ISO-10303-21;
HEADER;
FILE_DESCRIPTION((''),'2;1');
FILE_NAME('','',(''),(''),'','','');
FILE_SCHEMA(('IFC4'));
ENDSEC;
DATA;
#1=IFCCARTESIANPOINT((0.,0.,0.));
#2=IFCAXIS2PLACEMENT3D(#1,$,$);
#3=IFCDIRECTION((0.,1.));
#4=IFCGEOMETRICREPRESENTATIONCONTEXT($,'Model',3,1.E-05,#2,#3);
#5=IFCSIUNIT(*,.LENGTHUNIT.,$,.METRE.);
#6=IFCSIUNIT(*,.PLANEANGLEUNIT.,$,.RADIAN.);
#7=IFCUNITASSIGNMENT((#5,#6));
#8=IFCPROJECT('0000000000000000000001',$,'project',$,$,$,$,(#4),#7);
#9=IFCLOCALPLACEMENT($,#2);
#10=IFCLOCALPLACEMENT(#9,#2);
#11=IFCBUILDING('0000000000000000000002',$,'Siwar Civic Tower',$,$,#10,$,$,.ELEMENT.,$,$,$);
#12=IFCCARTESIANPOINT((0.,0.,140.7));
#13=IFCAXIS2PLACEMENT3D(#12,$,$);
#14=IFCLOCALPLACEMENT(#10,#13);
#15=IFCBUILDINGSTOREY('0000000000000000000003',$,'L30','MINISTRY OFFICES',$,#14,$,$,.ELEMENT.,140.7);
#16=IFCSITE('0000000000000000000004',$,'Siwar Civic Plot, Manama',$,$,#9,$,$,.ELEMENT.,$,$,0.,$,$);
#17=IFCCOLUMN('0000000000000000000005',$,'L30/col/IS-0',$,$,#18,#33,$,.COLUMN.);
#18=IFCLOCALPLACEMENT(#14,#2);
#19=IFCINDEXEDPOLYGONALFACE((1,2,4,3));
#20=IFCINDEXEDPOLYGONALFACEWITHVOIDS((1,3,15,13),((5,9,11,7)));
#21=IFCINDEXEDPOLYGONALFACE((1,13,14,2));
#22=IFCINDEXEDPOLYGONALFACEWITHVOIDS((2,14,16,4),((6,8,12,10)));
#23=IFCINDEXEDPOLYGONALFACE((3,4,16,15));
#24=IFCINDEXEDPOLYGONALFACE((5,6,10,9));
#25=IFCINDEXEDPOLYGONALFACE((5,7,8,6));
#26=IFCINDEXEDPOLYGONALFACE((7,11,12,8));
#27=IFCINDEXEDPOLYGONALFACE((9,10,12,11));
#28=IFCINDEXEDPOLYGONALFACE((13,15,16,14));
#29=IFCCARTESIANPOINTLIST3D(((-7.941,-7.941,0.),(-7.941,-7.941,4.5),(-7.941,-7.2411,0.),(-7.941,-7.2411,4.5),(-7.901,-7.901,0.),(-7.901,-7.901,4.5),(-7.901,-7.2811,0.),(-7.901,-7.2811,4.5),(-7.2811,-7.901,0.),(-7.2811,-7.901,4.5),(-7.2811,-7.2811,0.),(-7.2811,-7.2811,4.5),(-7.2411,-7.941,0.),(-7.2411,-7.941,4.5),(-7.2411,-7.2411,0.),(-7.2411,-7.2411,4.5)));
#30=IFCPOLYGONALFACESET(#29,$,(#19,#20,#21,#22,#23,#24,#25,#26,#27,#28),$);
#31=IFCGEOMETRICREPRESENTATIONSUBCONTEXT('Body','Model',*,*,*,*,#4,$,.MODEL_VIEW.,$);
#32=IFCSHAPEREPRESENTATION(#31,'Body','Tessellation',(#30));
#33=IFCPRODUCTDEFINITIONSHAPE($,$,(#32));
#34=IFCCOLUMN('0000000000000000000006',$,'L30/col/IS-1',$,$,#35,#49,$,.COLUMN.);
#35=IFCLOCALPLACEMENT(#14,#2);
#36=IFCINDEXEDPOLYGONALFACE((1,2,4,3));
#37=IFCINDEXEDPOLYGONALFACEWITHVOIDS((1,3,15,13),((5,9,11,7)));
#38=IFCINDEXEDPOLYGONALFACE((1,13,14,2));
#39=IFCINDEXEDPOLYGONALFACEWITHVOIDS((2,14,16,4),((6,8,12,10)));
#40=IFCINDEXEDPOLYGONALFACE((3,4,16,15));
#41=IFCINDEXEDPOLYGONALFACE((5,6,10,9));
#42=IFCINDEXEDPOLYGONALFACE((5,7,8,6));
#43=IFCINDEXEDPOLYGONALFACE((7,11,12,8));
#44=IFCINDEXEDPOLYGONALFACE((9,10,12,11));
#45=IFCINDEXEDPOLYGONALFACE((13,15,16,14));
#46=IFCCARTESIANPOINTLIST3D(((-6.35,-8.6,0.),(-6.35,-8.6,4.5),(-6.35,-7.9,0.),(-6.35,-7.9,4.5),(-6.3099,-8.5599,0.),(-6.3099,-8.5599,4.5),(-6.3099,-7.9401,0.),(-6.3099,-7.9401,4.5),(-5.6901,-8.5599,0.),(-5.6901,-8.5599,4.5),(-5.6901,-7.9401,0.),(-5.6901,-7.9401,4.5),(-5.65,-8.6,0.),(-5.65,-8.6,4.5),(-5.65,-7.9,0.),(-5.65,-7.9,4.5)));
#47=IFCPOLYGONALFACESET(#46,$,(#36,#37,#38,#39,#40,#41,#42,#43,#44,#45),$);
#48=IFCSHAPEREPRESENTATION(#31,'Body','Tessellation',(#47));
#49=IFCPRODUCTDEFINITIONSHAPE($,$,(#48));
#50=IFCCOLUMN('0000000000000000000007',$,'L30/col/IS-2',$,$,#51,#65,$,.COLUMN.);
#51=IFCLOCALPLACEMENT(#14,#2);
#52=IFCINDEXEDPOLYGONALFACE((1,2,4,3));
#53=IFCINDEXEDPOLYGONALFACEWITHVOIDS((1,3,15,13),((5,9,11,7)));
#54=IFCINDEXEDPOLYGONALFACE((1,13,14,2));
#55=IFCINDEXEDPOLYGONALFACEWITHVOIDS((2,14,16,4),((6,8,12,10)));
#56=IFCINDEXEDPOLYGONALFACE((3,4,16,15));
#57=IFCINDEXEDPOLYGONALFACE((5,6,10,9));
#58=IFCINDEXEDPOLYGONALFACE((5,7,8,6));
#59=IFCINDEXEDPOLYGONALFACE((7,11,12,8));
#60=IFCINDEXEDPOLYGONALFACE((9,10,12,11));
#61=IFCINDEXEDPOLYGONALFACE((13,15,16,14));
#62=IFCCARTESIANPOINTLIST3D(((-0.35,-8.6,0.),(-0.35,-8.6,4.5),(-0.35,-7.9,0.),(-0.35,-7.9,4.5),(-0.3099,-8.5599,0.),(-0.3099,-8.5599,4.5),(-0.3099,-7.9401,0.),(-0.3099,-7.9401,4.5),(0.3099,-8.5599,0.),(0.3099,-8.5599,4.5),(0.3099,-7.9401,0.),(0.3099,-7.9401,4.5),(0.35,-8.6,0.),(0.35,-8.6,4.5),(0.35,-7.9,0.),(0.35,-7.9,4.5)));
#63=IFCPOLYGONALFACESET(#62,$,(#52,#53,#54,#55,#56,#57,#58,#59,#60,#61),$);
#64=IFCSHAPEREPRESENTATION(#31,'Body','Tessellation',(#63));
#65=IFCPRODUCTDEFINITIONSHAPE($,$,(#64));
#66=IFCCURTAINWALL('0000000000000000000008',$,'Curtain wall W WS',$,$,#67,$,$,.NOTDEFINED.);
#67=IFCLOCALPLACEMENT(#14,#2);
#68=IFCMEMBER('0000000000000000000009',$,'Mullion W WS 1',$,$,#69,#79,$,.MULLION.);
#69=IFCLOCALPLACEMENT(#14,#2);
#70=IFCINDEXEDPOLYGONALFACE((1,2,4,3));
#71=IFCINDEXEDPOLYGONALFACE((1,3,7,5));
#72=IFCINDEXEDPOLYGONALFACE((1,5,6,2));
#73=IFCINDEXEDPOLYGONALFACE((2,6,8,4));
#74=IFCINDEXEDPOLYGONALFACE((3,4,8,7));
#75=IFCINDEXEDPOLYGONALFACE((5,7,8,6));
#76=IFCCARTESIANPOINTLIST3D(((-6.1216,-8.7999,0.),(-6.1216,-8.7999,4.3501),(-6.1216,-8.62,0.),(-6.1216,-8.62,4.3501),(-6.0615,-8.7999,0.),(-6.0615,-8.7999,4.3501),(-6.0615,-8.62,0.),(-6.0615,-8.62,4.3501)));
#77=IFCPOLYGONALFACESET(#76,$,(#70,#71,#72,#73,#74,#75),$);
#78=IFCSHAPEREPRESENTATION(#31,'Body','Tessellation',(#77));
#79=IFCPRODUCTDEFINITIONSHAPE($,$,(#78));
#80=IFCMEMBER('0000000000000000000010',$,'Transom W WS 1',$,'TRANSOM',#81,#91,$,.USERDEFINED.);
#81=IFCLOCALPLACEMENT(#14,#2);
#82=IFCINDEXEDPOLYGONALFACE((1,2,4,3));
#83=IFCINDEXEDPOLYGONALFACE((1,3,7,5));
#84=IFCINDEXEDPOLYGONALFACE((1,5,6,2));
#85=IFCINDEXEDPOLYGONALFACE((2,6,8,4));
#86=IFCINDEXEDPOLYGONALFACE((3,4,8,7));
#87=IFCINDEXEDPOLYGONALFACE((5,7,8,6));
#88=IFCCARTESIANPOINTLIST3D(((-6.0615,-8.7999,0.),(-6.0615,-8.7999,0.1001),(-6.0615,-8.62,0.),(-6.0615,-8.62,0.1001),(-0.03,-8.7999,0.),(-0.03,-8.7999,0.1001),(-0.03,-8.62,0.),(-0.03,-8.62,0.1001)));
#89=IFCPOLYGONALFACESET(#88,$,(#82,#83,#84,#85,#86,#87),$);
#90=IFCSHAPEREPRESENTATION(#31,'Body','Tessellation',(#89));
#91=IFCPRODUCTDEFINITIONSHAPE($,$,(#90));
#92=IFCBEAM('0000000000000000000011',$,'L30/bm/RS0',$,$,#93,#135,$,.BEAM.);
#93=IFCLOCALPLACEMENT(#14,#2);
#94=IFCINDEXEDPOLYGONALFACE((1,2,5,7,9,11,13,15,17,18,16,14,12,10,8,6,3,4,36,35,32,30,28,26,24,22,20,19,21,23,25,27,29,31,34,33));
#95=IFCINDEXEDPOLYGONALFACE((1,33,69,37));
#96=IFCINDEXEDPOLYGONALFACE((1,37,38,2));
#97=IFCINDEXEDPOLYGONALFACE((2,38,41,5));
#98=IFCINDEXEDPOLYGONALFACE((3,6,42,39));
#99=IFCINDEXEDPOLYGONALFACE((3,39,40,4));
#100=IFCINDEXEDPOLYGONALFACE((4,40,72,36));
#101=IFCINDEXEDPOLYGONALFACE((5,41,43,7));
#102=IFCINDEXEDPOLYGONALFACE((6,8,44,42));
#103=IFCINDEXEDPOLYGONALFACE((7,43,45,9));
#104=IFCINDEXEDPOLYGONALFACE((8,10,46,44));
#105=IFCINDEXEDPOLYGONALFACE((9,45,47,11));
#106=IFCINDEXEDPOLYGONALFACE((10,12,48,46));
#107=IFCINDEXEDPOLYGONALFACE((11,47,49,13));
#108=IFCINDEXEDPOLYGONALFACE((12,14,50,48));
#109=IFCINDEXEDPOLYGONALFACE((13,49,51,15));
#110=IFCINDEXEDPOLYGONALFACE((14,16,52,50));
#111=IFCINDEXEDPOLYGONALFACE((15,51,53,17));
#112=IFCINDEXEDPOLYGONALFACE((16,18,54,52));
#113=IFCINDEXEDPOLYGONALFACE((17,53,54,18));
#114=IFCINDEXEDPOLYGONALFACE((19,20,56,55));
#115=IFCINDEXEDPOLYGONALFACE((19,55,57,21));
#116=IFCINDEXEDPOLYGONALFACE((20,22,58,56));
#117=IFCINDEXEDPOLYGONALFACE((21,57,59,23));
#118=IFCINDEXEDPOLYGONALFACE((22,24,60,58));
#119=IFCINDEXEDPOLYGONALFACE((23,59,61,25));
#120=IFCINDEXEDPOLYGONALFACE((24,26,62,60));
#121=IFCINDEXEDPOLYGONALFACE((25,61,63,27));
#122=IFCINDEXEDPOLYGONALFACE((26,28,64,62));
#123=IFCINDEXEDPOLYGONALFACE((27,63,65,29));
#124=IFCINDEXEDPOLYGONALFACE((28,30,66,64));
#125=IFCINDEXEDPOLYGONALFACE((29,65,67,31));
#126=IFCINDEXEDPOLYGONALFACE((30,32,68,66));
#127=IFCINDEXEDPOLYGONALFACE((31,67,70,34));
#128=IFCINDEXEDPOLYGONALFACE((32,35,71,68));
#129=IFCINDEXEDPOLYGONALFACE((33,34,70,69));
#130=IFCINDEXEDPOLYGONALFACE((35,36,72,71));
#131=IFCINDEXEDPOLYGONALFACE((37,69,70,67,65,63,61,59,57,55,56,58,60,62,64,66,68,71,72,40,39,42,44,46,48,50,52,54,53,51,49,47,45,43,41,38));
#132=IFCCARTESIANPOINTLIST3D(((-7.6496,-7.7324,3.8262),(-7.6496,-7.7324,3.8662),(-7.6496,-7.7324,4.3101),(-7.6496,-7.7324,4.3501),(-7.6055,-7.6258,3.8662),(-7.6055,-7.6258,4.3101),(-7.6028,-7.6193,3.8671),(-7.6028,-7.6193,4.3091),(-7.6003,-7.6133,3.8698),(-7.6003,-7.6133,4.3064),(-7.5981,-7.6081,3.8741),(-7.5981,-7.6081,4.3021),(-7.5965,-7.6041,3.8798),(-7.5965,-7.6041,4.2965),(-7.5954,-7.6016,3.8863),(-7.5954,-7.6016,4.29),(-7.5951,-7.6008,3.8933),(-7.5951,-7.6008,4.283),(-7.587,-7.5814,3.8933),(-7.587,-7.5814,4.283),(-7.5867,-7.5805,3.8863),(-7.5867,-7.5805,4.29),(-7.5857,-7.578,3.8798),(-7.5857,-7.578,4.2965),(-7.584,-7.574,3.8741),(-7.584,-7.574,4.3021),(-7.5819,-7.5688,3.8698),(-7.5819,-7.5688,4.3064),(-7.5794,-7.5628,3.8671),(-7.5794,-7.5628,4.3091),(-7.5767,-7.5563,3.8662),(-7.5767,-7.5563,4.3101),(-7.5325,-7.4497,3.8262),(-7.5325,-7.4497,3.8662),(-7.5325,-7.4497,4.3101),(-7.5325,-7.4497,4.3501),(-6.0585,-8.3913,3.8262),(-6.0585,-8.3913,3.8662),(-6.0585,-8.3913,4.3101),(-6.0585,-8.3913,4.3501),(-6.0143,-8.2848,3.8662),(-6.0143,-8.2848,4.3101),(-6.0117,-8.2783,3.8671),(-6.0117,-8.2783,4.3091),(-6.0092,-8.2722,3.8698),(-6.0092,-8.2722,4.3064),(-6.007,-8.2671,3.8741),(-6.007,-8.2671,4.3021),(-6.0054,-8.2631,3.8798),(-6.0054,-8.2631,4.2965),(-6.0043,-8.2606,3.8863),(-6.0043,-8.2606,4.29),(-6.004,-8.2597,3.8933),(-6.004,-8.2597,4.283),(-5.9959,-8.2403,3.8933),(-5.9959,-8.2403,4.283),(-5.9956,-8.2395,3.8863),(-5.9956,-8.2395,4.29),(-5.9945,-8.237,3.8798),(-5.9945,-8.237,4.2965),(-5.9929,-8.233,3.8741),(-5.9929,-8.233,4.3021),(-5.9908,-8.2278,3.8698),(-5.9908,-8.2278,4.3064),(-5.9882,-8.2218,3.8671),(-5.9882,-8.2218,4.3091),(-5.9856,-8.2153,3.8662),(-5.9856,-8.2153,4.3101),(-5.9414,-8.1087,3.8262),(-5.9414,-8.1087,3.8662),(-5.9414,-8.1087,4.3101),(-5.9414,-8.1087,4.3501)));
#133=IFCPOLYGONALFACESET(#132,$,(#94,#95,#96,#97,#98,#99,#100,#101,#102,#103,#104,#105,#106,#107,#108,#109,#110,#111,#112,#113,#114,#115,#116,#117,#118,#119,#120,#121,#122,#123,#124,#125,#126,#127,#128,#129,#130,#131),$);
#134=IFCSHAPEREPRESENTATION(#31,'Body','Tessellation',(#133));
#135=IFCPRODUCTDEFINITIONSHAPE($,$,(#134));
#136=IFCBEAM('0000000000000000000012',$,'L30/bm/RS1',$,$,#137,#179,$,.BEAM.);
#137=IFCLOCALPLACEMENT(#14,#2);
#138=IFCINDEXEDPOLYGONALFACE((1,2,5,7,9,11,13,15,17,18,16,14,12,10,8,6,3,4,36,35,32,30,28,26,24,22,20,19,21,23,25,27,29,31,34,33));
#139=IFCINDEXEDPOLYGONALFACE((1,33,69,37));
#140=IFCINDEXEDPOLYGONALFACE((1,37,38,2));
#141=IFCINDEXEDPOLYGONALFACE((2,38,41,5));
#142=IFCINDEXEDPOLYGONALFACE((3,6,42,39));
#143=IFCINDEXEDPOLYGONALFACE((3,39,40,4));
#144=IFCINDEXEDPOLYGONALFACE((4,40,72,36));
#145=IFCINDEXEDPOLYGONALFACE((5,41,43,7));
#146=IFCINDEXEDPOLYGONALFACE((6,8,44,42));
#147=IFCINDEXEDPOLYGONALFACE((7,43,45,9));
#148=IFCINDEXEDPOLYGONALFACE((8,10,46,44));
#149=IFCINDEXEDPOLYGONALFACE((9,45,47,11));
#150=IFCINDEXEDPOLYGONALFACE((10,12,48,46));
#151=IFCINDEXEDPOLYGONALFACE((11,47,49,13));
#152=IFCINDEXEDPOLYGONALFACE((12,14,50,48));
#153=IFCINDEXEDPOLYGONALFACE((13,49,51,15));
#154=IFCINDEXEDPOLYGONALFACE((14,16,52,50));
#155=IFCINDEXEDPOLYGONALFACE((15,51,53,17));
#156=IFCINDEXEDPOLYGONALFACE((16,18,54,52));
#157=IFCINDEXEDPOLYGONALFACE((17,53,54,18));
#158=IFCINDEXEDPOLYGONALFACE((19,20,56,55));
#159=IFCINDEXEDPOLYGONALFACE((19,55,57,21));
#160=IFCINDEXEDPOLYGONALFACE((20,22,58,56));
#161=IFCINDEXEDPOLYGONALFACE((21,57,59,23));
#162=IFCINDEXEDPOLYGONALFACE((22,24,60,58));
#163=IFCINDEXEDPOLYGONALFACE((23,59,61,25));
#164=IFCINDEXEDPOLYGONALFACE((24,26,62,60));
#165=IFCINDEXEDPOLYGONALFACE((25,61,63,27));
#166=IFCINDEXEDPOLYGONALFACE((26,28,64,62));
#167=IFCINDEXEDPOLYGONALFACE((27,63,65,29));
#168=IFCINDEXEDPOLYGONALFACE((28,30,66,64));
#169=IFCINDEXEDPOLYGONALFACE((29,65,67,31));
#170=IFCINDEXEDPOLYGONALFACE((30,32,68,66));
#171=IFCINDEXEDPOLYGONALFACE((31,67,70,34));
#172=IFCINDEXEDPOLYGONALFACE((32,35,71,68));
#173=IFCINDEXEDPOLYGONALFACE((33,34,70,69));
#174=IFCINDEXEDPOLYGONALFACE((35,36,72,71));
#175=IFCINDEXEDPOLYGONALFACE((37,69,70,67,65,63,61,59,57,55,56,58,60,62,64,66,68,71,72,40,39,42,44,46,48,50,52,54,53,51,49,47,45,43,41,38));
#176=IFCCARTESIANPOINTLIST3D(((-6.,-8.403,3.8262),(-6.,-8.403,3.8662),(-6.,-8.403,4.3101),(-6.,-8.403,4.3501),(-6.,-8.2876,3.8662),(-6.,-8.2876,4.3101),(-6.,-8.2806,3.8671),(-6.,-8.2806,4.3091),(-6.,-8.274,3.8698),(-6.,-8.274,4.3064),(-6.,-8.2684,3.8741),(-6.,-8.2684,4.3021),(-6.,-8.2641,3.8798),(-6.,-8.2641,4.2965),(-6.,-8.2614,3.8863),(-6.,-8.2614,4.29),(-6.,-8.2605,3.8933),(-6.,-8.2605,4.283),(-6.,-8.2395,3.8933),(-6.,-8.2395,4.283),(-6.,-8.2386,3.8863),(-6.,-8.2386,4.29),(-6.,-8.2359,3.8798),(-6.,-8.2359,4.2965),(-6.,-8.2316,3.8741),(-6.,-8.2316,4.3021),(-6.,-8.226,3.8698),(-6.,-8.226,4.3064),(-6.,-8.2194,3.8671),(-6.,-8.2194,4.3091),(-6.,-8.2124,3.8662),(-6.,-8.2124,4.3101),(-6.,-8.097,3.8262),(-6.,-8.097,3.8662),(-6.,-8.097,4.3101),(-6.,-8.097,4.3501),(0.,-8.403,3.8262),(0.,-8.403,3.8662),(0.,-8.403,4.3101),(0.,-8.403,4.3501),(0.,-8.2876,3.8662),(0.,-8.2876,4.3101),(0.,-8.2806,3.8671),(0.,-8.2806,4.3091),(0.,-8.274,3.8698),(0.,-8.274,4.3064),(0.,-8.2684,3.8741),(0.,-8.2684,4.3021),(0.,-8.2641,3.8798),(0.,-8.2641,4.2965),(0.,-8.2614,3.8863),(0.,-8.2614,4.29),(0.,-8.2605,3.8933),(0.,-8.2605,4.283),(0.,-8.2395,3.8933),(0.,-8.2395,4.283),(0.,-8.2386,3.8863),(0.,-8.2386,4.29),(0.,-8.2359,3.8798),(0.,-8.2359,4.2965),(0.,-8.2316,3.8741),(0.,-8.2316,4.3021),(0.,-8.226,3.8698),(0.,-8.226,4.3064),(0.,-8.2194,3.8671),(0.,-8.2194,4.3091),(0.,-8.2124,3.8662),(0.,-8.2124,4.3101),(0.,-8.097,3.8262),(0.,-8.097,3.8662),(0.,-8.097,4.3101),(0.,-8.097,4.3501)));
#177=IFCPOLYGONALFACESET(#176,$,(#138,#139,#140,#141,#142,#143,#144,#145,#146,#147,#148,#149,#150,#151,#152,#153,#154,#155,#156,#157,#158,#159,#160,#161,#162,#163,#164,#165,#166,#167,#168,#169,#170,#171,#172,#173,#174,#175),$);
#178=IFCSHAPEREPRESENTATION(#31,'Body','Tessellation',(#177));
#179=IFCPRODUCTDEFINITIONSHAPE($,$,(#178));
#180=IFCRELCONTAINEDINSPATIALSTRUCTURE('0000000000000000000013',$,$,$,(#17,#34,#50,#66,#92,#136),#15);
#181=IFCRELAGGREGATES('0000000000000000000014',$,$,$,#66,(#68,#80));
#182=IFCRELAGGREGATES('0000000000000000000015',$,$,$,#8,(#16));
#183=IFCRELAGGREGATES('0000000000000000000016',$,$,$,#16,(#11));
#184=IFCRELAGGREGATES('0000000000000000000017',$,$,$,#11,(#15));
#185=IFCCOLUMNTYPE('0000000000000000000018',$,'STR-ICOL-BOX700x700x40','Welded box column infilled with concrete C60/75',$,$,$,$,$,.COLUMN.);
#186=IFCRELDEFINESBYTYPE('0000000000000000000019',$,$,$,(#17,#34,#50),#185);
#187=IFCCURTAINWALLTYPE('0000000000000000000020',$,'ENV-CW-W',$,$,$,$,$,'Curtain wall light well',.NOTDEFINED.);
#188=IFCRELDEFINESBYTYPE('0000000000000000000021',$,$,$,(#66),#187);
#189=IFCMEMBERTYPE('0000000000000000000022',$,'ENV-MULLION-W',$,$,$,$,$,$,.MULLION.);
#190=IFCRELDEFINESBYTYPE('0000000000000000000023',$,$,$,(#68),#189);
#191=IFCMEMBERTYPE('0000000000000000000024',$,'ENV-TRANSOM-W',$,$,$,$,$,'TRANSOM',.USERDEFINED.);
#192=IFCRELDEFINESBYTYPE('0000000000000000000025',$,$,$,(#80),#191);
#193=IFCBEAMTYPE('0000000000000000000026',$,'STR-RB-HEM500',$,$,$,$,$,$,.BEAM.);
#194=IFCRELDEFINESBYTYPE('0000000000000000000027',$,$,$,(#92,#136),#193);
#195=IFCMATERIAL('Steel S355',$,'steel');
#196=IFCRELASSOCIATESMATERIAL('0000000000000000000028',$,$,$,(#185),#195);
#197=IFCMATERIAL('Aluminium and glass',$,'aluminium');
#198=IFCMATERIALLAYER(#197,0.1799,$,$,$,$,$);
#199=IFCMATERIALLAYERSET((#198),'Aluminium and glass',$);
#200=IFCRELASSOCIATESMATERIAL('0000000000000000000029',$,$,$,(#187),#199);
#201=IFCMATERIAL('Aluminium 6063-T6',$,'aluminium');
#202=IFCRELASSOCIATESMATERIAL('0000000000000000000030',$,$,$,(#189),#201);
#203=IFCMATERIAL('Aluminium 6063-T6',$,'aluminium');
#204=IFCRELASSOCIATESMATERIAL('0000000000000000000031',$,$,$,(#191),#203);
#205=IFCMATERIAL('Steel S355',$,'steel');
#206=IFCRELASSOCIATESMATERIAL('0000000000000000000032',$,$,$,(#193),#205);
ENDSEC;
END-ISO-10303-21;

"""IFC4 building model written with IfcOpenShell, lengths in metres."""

from ifc_helpers import new_model, si_unit, direction, frame, origin, origin_2d, place, context, subcontext, project, spatial, rectangle, hollow_rectangle, i_section, extrude, material, layer, layer_set, material_profile, profile_set, type_object, element, aggregate, save


model = new_model("IFC4")

# Units and contexts
model_context = context("Model", 3, precision=1e-05, world=origin(), true_north=direction((0.0, 1.0)))
body_context = subcontext(model_context, "Body", "Model", "MODEL_VIEW")
ifc_project = project(units=[si_unit("LENGTHUNIT", "METRE"), si_unit("PLANEANGLEUNIT", "RADIAN")], contexts=[model_context])

# Site, building, storey
site_placement = place(None, origin())
site = spatial("IfcSite", under=ifc_project, at=site_placement, Name="Siwar Civic Plot, Manama", CompositionType="ELEMENT", RefElevation=0.0)
building_placement = place(site_placement, origin())
building = spatial("IfcBuilding", under=site, at=building_placement, Name="Siwar Civic Tower", CompositionType="ELEMENT")
storey_placement = place(building_placement, frame((0.0, 0.0, 140.7)))
storey = spatial("IfcBuildingStorey", under=building, at=storey_placement, Name="L30", Description="MINISTRY OFFICES", CompositionType="ELEMENT", Elevation=140.7)

# Columns
ifc_material_1 = material(Name="Steel S355", Category="steel")
ifc_material_profile_1 = material_profile(ifc_material_1, hollow_rectangle(XDim=0.7, YDim=0.7, WallThickness=0.04, at=origin_2d()), Name="BOX700x700x40")
ifc_profile_set_1 = profile_set([ifc_material_profile_1], Name="Steel S355")
column_type = type_object("IfcColumnType", Name="STR-ICOL-BOX700x700x40", Description="Welded box column infilled with concrete C60/75", PredefinedType="COLUMN", material=ifc_profile_set_1)
for number, where, z_axis, x_axis, name in (
    (1, (-7.5911, -7.5911, 0.0), (0.0, 0.0, 1.0), (1.0, 0.0, 0.0), "L30/col/IS-0"),
    (2, (-6.0, -8.25, 0.0), (0.0, 0.0, 1.0), (1.0, 0.0, 0.0), "L30/col/IS-1"),
    (3, (0.0, -8.25, 0.0), (0.0, 0.0, 1.0), (1.0, 0.0, 0.0), "L30/col/IS-2"),
):
    element("IfcColumn", number, at=place(storey_placement, frame(where, z_axis=z_axis, x_axis=x_axis)), inside=storey, type_object=column_type, Name=name, PredefinedType="COLUMN", context=body_context, shape_type="SweptSolid", body=[
        extrude(hollow_rectangle(XDim=0.7, YDim=0.7, WallThickness=0.04, at=origin_2d()), origin(), (0.0, 0.0, 1.0), 4.5),
    ])

# Curtain wall, members
ifc_material_2 = material(Name="Aluminium and glass", Category="aluminium")
ifc_layer_1 = layer(ifc_material_2, 0.1799)
ifc_layer_set_1 = layer_set([ifc_layer_1], Name="Aluminium and glass")
curtain_wall_type = type_object("IfcCurtainWallType", Name="ENV-CW-W", ElementType="Curtain wall light well", PredefinedType="NOTDEFINED", material=ifc_layer_set_1)
curtain_wall_placement = place(storey_placement, origin())
curtain_wall = element("IfcCurtainWall", 4, at=curtain_wall_placement, inside=storey, type_object=curtain_wall_type, Name="Curtain wall W WS", PredefinedType="NOTDEFINED")
ifc_material_3 = material(Name="Aluminium 6063-T6", Category="aluminium")
ifc_material_profile_2 = material_profile(ifc_material_3, rectangle(XDim=0.1799, YDim=0.0601, at=origin_2d()), Name="AL 180x60")
ifc_profile_set_2 = profile_set([ifc_material_profile_2], Name="Aluminium 6063-T6")
member_type_1 = type_object("IfcMemberType", Name="ENV-MULLION-W", PredefinedType="MULLION", material=ifc_profile_set_2)
member_1_placement = place(storey_placement, frame((-6.0916, -8.71, 0.0), z_axis=(0.0, 0.0, 1.0), x_axis=(0.0, 1.0, 0.0)))
member_1 = element("IfcMember", 5, at=member_1_placement, type_object=member_type_1, Name="Mullion W WS 1", PredefinedType="MULLION", context=body_context, shape_type="SweptSolid", body=[
    extrude(rectangle(XDim=0.1799, YDim=0.0601, at=origin_2d()), origin(), (0.0, 0.0, 1.0), 4.3501),
])
ifc_material_4 = material(Name="Aluminium 6063-T6", Category="aluminium")
ifc_material_profile_3 = material_profile(ifc_material_4, rectangle(XDim=0.1799, YDim=0.1001, at=origin_2d()), Name="AL 180x100")
ifc_profile_set_3 = profile_set([ifc_material_profile_3], Name="Aluminium 6063-T6")
member_type_2 = type_object("IfcMemberType", Name="ENV-TRANSOM-W", ElementType="TRANSOM", PredefinedType="USERDEFINED", material=ifc_profile_set_3)
member_2_placement = place(storey_placement, frame((-6.0615, -8.71, 0.05), z_axis=(1.0, 0.0, 0.0), x_axis=(0.0, 1.0, 0.0)))
member_2 = element("IfcMember", 6, at=member_2_placement, type_object=member_type_2, Name="Transom W WS 1", ObjectType="TRANSOM", PredefinedType="USERDEFINED", context=body_context, shape_type="SweptSolid", body=[
    extrude(rectangle(XDim=0.1799, YDim=0.1001, at=origin_2d()), origin(), (0.0, 0.0, 1.0), 6.0315),
])

# Beams
ifc_material_5 = material(Name="Steel S355", Category="steel")
ifc_material_profile_4 = material_profile(ifc_material_5, i_section(OverallWidth=0.3059, OverallDepth=0.5239, WebThickness=0.021, FlangeThickness=0.04, FilletRadius=0.0271, at=origin_2d()), Name="HEM500")
ifc_profile_set_4 = profile_set([ifc_material_profile_4], Name="Steel S355")
beam_type = type_object("IfcBeamType", Name="STR-RB-HEM500", PredefinedType="BEAM", material=ifc_profile_set_4)
beam_1_placement = place(storey_placement, frame((-7.5911, -7.5911, 4.0881), z_axis=(0.923901, -0.382631, 0.0), x_axis=(0.382631, 0.923901, 0.0)))
element("IfcBeam", 7, at=beam_1_placement, inside=storey, type_object=beam_type, Name="L30/bm/RS0", PredefinedType="BEAM", context=body_context, shape_type="SweptSolid", body=[
    extrude(i_section(OverallWidth=0.3059, OverallDepth=0.5239, WebThickness=0.021, FlangeThickness=0.04, FilletRadius=0.0271, at=origin_2d()), origin(), (0.0, 0.0, 1.0), 1.7222),
])
for number, where, z_axis, x_axis, name in (
    (8, (-6.0, -8.25, 4.0881), (1.0, 0.0, 0.0), (0.0, 1.0, 0.0), "L30/bm/RS1"),
):
    element("IfcBeam", number, at=place(storey_placement, frame(where, z_axis=z_axis, x_axis=x_axis)), inside=storey, type_object=beam_type, Name=name, PredefinedType="BEAM", context=body_context, shape_type="SweptSolid", body=[
        extrude(i_section(OverallWidth=0.3059, OverallDepth=0.5239, WebThickness=0.021, FlangeThickness=0.04, FilletRadius=0.0271, at=origin_2d()), origin(), (0.0, 0.0, 1.0), 6.0),
    ])

aggregate(curtain_wall, [member_1, member_2])

save(model, "model.ifc")
